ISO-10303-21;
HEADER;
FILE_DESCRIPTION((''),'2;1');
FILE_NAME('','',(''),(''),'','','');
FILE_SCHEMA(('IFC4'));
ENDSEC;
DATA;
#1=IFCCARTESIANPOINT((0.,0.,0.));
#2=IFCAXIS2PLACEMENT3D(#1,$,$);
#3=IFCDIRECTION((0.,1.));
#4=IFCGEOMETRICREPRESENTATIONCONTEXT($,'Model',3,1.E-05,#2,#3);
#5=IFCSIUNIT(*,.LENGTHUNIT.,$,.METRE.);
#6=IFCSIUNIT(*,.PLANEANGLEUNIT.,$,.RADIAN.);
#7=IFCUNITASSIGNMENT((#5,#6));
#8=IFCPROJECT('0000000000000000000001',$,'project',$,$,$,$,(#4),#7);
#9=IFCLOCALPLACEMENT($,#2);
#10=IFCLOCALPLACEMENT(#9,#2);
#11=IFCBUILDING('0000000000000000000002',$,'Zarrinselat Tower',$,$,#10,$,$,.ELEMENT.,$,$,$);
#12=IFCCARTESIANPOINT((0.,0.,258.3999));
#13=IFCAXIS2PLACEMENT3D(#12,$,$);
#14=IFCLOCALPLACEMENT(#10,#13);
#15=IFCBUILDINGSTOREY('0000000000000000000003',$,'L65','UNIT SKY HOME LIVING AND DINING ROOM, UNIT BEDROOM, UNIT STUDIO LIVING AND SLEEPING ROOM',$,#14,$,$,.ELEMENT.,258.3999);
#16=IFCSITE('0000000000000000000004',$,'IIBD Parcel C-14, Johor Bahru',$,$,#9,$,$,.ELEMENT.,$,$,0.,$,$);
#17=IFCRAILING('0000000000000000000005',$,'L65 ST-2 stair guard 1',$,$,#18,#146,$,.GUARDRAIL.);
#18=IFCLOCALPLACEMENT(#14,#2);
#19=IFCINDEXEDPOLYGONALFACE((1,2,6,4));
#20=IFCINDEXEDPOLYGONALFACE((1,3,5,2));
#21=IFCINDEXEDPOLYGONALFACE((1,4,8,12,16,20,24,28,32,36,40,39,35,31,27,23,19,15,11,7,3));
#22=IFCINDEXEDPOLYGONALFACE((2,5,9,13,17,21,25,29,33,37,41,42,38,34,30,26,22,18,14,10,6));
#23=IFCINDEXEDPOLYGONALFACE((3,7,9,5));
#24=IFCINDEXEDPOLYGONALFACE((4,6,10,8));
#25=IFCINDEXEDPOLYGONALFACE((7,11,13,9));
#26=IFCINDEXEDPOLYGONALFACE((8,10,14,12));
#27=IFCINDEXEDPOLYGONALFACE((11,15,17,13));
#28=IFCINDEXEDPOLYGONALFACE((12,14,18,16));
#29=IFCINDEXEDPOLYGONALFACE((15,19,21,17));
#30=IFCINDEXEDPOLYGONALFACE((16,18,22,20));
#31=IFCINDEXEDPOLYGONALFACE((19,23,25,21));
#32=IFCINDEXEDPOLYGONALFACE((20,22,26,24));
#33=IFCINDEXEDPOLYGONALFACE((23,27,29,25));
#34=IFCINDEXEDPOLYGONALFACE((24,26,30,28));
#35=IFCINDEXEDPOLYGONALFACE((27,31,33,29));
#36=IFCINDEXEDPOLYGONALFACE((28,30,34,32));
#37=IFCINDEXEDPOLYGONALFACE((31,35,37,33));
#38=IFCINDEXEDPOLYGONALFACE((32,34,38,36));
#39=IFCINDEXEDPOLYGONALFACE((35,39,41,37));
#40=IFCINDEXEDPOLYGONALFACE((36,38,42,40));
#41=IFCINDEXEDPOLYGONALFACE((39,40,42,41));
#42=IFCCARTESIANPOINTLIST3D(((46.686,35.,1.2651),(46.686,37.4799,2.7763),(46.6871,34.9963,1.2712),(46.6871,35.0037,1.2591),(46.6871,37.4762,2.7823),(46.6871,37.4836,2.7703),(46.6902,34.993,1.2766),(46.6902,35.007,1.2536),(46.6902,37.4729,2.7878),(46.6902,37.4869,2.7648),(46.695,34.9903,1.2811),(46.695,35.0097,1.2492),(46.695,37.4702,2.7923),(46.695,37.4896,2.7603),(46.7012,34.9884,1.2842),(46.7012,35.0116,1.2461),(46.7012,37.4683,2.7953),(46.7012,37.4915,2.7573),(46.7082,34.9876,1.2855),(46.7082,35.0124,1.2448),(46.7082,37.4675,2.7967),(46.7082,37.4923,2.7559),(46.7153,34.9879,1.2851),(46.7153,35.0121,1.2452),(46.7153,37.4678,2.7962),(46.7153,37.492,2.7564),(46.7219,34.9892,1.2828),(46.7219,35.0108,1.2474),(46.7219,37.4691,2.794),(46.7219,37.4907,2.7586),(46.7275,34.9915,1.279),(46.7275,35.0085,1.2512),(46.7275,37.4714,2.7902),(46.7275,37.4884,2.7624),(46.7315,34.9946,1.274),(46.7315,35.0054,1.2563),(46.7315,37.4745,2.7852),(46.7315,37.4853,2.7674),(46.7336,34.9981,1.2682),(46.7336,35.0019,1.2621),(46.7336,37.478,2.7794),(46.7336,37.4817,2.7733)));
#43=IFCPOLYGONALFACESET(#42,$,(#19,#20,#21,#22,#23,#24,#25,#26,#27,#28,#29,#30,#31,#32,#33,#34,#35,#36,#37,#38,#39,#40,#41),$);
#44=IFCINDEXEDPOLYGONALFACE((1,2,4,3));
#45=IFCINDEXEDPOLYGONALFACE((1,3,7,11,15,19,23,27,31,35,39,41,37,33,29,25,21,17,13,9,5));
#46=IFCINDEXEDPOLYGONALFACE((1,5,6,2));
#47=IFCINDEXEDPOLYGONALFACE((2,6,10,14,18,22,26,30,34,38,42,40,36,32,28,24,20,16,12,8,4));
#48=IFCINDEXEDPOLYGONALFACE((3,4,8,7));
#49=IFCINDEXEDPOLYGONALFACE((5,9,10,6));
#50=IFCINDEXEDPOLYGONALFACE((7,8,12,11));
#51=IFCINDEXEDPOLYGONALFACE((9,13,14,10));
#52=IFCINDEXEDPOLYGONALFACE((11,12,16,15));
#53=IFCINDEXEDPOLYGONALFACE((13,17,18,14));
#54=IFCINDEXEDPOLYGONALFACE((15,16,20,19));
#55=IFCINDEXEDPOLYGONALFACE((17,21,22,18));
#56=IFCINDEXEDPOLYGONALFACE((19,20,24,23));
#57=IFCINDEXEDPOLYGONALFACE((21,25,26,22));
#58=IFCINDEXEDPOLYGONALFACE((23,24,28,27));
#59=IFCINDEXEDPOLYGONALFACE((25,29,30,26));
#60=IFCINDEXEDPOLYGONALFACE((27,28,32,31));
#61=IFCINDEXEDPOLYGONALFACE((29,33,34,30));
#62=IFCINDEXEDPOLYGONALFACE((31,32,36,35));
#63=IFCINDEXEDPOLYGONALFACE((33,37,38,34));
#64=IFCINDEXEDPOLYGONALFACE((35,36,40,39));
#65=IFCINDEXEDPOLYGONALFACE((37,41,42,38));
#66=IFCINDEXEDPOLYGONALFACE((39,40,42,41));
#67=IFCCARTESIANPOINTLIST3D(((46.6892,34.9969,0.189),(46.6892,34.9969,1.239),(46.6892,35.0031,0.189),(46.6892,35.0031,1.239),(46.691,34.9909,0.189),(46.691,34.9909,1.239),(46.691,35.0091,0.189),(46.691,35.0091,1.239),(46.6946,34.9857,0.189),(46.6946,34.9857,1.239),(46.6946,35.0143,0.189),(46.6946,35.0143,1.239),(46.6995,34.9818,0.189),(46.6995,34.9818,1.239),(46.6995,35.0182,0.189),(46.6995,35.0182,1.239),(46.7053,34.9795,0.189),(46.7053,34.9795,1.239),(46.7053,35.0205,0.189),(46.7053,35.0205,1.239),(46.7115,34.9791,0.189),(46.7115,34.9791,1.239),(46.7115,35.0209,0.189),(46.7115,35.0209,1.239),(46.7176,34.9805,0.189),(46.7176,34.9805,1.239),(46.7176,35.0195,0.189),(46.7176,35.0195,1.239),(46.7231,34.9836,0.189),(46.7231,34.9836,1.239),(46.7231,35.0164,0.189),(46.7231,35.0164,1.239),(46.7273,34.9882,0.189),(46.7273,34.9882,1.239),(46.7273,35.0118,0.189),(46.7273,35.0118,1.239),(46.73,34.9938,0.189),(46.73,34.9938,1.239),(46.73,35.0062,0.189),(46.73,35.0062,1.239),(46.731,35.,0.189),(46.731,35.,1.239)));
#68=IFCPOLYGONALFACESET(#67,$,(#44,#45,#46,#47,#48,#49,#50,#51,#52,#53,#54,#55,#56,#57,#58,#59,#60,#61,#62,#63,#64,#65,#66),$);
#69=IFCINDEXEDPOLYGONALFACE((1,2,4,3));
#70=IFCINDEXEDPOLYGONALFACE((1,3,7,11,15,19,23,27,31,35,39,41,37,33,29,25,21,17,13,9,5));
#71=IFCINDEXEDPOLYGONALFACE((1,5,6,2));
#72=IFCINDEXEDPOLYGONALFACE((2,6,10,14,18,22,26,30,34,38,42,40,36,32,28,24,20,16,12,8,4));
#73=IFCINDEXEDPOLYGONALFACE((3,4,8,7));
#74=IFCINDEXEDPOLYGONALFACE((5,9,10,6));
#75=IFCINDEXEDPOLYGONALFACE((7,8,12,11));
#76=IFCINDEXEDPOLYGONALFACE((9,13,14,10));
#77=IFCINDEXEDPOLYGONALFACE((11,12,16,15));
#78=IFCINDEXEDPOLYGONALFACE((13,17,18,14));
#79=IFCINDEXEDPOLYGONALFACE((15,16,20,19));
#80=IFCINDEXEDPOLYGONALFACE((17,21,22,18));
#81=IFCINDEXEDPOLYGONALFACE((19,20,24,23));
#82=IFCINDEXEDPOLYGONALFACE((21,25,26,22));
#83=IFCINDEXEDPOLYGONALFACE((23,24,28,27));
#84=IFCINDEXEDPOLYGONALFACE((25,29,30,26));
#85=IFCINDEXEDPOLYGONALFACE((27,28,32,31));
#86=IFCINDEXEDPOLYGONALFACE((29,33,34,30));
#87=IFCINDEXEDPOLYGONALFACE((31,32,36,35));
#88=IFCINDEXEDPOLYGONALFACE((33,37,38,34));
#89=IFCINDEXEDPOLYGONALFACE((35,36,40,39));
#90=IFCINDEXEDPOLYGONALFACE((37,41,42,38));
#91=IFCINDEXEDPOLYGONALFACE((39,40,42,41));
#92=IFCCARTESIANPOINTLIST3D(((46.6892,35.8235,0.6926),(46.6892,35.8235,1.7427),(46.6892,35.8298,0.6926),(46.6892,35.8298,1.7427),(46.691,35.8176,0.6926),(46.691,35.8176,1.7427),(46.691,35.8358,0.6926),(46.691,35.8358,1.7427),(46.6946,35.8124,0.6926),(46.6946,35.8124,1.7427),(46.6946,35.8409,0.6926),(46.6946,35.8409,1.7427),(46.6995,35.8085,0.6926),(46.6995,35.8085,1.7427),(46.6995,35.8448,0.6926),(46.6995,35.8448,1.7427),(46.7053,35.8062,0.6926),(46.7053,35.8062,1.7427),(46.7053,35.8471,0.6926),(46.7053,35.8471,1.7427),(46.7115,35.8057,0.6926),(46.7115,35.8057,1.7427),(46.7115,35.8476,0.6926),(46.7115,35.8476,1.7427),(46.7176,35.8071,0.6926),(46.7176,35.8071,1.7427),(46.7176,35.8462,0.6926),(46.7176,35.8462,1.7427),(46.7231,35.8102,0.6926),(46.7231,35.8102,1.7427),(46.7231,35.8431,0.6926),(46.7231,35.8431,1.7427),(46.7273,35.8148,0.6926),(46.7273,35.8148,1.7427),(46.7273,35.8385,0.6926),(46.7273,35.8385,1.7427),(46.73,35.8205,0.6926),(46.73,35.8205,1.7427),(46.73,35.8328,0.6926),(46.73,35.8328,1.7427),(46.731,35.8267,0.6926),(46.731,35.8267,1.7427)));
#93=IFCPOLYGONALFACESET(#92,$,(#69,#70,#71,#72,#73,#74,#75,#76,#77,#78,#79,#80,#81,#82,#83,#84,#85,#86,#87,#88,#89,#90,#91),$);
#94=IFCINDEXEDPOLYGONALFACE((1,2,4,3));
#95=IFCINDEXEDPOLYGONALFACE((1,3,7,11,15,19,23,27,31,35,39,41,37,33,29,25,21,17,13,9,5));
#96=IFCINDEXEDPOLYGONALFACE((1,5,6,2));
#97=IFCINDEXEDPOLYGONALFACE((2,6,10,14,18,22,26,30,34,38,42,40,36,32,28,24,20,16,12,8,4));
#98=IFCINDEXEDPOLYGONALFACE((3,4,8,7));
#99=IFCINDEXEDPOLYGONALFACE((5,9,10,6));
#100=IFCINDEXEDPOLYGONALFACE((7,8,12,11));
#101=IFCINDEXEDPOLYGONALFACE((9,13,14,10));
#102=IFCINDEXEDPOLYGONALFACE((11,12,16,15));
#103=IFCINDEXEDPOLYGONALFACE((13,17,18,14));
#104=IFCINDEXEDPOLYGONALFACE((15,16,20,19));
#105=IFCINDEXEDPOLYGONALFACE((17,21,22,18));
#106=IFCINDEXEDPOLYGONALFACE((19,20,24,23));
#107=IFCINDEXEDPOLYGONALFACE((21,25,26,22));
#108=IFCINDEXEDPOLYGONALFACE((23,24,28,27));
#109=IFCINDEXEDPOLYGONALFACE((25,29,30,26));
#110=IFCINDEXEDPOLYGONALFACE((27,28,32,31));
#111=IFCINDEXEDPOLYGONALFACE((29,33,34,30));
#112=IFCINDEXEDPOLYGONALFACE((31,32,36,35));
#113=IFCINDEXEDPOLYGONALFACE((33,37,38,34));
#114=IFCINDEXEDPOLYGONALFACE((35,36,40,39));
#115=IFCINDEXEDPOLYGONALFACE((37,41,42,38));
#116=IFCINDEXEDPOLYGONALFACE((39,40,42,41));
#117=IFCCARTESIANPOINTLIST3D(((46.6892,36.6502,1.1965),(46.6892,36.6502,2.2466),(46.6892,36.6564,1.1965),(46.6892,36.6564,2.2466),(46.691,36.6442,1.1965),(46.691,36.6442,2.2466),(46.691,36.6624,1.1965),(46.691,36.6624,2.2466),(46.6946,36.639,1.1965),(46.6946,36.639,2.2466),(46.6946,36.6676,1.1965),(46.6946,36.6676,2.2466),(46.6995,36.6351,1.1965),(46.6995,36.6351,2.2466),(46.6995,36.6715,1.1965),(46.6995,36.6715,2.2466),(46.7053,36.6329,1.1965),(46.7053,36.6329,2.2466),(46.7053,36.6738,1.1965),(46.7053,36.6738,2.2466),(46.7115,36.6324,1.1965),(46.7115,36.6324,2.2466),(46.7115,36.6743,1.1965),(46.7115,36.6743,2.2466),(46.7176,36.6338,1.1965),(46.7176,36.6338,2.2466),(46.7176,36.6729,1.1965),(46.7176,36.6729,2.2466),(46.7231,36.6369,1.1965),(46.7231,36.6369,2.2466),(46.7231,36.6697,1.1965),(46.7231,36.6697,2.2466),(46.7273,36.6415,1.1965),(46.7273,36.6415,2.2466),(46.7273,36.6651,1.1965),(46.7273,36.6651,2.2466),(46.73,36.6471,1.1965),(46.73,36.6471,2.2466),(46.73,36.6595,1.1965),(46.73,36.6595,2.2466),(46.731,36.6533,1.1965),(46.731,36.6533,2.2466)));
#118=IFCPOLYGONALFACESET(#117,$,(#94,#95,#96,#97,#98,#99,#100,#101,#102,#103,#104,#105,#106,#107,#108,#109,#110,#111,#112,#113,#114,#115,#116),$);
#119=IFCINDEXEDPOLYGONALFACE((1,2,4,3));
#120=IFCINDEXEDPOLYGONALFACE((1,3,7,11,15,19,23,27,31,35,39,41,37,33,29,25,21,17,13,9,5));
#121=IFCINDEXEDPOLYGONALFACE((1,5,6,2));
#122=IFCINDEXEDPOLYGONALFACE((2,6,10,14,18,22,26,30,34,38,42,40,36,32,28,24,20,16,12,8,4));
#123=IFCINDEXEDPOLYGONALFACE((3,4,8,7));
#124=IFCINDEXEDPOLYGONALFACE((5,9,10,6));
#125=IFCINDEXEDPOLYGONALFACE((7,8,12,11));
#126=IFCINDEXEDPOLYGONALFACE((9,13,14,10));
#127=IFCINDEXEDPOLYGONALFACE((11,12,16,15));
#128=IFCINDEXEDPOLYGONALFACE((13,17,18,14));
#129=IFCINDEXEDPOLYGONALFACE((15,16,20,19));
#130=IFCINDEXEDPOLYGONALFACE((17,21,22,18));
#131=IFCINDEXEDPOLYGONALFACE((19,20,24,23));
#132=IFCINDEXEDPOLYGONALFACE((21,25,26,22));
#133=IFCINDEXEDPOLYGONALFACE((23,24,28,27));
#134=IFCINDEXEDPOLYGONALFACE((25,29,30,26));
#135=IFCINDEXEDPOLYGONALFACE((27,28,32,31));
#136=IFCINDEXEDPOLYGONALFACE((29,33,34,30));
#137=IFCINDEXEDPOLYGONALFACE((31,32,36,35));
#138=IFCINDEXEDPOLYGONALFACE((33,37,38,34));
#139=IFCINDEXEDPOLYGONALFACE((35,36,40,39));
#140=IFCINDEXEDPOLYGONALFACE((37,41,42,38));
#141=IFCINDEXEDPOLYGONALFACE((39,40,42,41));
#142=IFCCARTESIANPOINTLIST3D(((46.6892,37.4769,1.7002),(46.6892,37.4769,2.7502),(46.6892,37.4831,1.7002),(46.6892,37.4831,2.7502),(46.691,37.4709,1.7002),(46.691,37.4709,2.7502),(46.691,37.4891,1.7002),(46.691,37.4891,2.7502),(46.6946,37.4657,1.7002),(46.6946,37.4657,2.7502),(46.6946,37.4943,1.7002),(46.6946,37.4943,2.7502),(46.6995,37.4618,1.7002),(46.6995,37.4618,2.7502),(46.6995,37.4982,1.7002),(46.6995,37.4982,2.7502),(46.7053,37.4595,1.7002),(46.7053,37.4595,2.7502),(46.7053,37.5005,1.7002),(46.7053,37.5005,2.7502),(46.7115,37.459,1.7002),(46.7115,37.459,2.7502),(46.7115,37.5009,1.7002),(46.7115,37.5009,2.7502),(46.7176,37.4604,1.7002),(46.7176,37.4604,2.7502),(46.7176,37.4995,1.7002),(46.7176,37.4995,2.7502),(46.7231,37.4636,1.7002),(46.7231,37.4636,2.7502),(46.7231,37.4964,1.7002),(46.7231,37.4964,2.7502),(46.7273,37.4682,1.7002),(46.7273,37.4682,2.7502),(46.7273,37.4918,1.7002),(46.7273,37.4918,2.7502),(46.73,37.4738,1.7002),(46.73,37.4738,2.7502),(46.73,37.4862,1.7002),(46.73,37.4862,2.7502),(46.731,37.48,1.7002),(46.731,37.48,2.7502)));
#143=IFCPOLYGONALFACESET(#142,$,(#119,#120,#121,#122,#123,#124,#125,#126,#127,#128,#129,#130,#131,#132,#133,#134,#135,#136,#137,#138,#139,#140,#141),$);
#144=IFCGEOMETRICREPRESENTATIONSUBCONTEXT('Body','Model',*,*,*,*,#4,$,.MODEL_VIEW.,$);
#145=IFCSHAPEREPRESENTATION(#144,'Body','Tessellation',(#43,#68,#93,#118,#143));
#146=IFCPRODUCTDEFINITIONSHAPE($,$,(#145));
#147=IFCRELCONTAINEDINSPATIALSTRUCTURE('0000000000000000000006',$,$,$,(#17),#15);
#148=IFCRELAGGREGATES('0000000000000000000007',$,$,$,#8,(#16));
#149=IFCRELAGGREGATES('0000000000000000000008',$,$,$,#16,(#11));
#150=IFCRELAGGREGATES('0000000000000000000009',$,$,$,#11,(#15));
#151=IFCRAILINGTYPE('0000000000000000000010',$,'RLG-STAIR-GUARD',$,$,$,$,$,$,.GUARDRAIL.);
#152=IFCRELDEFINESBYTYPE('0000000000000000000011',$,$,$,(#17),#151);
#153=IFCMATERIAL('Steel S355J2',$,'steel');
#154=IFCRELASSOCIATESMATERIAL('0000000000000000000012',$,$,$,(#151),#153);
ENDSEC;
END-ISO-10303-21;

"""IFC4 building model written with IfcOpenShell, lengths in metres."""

from ifc_helpers import new_model, si_unit, direction, frame, origin, origin_2d, place, context, subcontext, project, spatial, circle, extrude, material, type_object, element, save


model = new_model("IFC4")

# Units and contexts
model_context = context("Model", 3, precision=1e-05, world=origin(), true_north=direction((0.0, 1.0)))
body_context = subcontext(model_context, "Body", "Model", "MODEL_VIEW")
ifc_project = project(units=[si_unit("LENGTHUNIT", "METRE"), si_unit("PLANEANGLEUNIT", "RADIAN")], contexts=[model_context])

# Site, building, storey
site_placement = place(None, origin())
site = spatial("IfcSite", under=ifc_project, at=site_placement, Name="IIBD Parcel C-14, Johor Bahru", CompositionType="ELEMENT", RefElevation=0.0)
building_placement = place(site_placement, origin())
building = spatial("IfcBuilding", under=site, at=building_placement, Name="Zarrinselat Tower", CompositionType="ELEMENT")
storey_placement = place(building_placement, frame((0.0, 0.0, 258.3999)))
storey = spatial("IfcBuildingStorey", under=building, at=storey_placement, Name="L65", Description="UNIT SKY HOME LIVING AND DINING ROOM, UNIT BEDROOM, UNIT STUDIO LIVING AND SLEEPING ROOM", CompositionType="ELEMENT", Elevation=258.3999)

# Railing
ifc_material_1 = material(Name="Steel S355J2", Category="steel")
railing_type_1 = type_object("IfcRailingType", Name="RLG-STAIR-GUARD", PredefinedType="GUARDRAIL", material=ifc_material_1)
railing_1_placement = place(storey_placement, frame((46.71, 35.0, 0.189)))
element("IfcRailing", 1, at=railing_1_placement, inside=storey, type_object=railing_type_1, Name="L65 ST-2 stair guard 1", PredefinedType="GUARDRAIL", context=body_context, shape_type="SweptSolid", body=[
    extrude(circle(Radius=0.0239, at=origin_2d()), frame((0.0, 0.0, 1.0762), z_axis=(0.0, 0.853942, 0.520368), x_axis=(-1.0, 0.0, 0.0)), (0.0, 0.0, 1.0), 2.9041),
    extrude(circle(Radius=0.021, at=origin_2d()), origin(), (0.0, 0.0, 1.0), 1.05),
    extrude(circle(Radius=0.021, at=origin_2d()), frame((0.0, 0.8267, 0.5037)), (0.0, 0.0, 1.0), 1.05),
    extrude(circle(Radius=0.021, at=origin_2d()), frame((0.0, 1.6533, 1.0076)), (0.0, 0.0, 1.0), 1.05),
    extrude(circle(Radius=0.021, at=origin_2d()), frame((0.0, 2.48, 1.5112)), (0.0, 0.0, 1.0), 1.05),
])

save(model, "model.ifc")
